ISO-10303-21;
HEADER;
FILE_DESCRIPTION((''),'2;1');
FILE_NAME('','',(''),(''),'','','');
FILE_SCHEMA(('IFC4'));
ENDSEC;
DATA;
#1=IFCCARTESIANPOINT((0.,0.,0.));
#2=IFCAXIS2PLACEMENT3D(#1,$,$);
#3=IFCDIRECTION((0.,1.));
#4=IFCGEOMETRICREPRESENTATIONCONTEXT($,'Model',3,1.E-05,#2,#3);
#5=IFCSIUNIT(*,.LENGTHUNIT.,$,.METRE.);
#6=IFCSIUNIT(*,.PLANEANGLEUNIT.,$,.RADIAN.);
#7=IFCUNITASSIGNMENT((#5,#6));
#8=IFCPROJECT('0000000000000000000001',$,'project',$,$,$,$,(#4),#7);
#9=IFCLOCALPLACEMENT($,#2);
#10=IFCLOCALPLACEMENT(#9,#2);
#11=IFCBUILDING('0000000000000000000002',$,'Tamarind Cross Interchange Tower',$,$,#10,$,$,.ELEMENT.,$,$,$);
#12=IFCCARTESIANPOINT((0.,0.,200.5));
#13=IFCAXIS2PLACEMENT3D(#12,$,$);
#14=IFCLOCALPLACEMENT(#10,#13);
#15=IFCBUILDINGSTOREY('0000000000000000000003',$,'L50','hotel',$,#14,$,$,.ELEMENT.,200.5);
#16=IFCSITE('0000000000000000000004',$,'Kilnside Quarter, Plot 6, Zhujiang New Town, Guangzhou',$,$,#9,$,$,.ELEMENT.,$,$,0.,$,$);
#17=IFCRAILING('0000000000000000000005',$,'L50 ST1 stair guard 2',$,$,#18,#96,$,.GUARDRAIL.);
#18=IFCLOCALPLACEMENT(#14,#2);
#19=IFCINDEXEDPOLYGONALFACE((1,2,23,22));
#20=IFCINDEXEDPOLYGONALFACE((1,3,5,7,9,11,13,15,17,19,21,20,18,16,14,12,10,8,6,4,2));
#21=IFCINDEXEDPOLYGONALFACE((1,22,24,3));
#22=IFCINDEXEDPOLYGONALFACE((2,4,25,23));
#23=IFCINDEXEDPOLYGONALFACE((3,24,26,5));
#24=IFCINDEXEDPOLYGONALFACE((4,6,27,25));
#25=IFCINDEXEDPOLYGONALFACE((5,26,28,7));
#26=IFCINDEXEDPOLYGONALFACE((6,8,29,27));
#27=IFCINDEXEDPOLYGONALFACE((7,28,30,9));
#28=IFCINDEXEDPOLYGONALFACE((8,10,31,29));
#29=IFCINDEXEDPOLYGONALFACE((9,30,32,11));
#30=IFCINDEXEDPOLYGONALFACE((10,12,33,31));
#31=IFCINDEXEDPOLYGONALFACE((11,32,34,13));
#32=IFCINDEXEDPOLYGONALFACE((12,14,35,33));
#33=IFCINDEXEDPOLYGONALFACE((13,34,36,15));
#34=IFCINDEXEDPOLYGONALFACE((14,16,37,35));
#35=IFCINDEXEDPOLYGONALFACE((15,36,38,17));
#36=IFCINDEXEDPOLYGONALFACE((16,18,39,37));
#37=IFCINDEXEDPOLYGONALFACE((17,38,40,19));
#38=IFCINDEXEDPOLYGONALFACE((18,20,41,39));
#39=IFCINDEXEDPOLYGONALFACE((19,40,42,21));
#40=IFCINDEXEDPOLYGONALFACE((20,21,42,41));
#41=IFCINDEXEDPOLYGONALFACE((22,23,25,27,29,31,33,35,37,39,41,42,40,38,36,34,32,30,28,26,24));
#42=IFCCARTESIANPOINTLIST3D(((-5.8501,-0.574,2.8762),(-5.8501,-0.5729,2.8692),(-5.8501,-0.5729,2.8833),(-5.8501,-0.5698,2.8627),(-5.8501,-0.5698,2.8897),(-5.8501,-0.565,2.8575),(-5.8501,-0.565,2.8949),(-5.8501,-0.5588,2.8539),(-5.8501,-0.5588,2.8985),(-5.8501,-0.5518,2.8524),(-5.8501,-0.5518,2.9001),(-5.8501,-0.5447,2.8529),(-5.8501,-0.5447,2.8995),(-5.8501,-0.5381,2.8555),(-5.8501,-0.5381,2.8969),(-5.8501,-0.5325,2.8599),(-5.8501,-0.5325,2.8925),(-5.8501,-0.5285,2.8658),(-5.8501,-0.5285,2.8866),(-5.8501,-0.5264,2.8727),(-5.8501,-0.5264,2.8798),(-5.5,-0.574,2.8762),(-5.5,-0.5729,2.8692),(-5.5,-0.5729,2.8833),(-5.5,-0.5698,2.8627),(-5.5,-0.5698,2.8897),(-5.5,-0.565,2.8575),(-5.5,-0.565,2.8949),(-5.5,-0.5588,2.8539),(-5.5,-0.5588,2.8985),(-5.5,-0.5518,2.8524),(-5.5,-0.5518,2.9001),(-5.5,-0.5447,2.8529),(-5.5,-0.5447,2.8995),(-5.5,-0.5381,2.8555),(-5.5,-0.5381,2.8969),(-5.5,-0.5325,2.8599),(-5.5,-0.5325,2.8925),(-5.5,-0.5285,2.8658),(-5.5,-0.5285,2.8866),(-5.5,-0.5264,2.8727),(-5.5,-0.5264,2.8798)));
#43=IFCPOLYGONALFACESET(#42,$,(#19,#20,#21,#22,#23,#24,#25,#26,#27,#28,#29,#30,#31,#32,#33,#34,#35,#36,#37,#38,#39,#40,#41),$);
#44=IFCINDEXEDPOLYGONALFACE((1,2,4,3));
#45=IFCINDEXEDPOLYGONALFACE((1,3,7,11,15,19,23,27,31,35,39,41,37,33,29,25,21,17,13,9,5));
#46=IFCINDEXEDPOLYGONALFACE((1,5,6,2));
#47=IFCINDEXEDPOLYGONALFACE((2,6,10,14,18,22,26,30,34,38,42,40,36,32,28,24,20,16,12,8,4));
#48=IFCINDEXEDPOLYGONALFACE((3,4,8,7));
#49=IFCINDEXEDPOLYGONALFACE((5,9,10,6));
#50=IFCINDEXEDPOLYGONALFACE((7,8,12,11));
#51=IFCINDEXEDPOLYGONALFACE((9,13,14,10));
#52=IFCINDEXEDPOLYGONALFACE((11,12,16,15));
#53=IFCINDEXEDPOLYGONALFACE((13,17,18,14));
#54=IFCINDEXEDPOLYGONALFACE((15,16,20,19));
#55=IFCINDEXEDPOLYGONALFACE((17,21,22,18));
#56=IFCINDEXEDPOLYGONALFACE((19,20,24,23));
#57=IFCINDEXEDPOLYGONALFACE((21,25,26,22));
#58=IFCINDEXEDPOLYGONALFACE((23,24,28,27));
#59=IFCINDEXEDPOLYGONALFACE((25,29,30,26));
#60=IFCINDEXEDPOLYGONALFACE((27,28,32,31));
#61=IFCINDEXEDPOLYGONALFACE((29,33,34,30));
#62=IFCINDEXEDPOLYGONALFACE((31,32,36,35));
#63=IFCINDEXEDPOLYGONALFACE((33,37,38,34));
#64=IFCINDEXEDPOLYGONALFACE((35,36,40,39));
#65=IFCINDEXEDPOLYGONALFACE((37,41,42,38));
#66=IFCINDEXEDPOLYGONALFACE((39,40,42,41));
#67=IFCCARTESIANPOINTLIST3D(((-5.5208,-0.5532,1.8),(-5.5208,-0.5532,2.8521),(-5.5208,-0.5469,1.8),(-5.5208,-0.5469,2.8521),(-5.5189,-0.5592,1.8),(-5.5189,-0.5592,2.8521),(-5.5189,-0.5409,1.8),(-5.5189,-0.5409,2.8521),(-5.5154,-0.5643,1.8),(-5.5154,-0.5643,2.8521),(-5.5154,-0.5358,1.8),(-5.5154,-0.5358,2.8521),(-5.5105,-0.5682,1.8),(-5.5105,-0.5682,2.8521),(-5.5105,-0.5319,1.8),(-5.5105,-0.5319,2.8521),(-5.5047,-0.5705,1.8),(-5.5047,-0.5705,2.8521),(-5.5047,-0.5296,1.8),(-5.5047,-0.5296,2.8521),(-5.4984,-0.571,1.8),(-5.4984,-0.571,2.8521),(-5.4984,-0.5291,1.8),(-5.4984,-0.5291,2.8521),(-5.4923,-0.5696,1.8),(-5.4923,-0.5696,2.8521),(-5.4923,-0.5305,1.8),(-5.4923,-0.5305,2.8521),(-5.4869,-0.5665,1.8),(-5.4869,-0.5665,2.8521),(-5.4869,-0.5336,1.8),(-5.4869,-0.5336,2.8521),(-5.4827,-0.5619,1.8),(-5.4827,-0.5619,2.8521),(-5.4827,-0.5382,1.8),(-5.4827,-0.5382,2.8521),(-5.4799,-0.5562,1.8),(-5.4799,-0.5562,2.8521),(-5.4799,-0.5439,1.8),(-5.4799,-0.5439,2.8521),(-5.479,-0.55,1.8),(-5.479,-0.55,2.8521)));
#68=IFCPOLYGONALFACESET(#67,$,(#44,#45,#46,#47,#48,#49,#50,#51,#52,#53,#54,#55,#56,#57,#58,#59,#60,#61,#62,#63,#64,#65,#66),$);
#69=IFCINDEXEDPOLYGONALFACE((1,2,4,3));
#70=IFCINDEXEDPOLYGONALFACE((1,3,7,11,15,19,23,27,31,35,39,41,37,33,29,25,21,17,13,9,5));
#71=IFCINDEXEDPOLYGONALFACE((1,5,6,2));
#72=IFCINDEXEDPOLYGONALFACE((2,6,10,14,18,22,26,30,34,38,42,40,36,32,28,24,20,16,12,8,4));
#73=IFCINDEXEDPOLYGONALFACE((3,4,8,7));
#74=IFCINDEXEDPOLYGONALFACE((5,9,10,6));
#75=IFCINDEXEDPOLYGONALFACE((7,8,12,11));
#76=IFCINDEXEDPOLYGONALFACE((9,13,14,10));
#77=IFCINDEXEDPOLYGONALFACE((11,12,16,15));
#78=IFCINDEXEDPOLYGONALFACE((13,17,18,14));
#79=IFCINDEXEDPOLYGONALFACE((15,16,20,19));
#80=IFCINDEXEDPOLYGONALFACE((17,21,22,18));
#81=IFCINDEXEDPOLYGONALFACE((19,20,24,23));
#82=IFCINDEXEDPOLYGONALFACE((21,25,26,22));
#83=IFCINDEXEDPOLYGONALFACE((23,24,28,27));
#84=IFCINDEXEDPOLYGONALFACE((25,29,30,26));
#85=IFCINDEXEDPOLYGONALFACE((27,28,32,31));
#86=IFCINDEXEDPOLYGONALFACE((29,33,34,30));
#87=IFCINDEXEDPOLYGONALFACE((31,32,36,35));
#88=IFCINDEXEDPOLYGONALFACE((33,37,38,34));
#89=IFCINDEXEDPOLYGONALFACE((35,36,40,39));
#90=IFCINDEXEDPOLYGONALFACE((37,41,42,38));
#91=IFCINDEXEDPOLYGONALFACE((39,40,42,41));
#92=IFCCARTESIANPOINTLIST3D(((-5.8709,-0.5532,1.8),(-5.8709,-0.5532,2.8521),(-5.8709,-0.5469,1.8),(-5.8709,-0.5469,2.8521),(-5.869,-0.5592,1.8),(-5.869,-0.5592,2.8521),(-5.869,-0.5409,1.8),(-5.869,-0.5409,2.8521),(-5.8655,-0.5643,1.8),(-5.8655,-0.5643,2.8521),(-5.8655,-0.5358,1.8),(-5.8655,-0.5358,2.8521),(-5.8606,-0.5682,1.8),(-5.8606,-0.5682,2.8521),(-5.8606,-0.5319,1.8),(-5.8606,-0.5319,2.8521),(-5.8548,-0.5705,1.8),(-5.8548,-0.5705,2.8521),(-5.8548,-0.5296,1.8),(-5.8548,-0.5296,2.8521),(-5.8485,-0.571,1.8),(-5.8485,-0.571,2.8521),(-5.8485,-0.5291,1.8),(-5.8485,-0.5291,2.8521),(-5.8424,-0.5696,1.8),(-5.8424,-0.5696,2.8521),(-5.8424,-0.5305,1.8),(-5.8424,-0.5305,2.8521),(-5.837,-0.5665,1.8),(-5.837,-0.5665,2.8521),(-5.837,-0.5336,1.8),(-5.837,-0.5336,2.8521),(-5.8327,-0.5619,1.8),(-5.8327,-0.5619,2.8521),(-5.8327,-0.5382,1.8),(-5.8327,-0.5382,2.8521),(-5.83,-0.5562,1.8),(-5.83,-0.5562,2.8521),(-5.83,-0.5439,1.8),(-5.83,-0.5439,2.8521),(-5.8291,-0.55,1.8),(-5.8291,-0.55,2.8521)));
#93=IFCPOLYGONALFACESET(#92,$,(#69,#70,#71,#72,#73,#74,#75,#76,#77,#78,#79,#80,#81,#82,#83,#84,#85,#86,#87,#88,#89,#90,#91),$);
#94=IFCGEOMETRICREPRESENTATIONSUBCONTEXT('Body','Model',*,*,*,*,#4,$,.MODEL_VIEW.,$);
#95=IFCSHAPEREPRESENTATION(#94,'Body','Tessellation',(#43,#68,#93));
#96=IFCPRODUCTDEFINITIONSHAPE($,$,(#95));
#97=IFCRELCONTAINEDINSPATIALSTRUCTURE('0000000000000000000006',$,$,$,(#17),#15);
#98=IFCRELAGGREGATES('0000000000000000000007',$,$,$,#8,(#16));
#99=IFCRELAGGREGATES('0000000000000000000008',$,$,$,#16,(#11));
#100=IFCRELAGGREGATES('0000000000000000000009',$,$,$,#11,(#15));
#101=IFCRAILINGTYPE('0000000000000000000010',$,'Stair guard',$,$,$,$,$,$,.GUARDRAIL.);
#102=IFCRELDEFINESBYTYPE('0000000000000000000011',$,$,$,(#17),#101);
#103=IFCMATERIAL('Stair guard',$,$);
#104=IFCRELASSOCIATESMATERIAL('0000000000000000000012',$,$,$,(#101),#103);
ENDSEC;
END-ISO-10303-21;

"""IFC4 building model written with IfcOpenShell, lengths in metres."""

from ifc_helpers import new_model, si_unit, direction, frame, origin, origin_2d, place, context, subcontext, project, spatial, circle, extrude, material, type_object, element, save


model = new_model("IFC4")

# Units and contexts
model_context = context("Model", 3, precision=1e-05, world=origin(), true_north=direction((0.0, 1.0)))
body_context = subcontext(model_context, "Body", "Model", "MODEL_VIEW")
ifc_project = project(units=[si_unit("LENGTHUNIT", "METRE"), si_unit("PLANEANGLEUNIT", "RADIAN")], contexts=[model_context])

# Site, building, storey
site_placement = place(None, origin())
site = spatial("IfcSite", under=ifc_project, at=site_placement, Name="Kilnside Quarter, Plot 6, Zhujiang New Town, Guangzhou", CompositionType="ELEMENT", RefElevation=0.0)
building_placement = place(site_placement, origin())
building = spatial("IfcBuilding", under=site, at=building_placement, Name="Tamarind Cross Interchange Tower", CompositionType="ELEMENT")
storey_placement = place(building_placement, frame((0.0, 0.0, 200.5)))
storey = spatial("IfcBuildingStorey", under=building, at=storey_placement, Name="L50", Description="hotel", CompositionType="ELEMENT", Elevation=200.5)

# Railing
ifc_material_1 = material(Name="Stair guard")
railing_type_1 = type_object("IfcRailingType", Name="Stair guard", PredefinedType="GUARDRAIL", material=ifc_material_1)
railing_1_placement = place(storey_placement, frame((-5.5, -0.55, 1.8)))
element("IfcRailing", 1, at=railing_1_placement, inside=storey, type_object=railing_type_1, Name="L50 ST1 stair guard 2", PredefinedType="GUARDRAIL", context=body_context, shape_type="SweptSolid", body=[
    extrude(circle(Radius=0.0239, at=origin_2d()), frame((0.0, 0.0, 1.0762), z_axis=(-1.0, 0.0, 0.0), x_axis=(0.0, -1.0, 0.0)), (0.0, 0.0, 1.0), 0.3501),
    extrude(circle(Radius=0.021, at=origin_2d()), origin(), (0.0, 0.0, 1.0), 1.052),
    extrude(circle(Radius=0.021, at=origin_2d()), frame((-0.3501, 0.0, 0.0)), (0.0, 0.0, 1.0), 1.052),
])

save(model, "model.ifc")
